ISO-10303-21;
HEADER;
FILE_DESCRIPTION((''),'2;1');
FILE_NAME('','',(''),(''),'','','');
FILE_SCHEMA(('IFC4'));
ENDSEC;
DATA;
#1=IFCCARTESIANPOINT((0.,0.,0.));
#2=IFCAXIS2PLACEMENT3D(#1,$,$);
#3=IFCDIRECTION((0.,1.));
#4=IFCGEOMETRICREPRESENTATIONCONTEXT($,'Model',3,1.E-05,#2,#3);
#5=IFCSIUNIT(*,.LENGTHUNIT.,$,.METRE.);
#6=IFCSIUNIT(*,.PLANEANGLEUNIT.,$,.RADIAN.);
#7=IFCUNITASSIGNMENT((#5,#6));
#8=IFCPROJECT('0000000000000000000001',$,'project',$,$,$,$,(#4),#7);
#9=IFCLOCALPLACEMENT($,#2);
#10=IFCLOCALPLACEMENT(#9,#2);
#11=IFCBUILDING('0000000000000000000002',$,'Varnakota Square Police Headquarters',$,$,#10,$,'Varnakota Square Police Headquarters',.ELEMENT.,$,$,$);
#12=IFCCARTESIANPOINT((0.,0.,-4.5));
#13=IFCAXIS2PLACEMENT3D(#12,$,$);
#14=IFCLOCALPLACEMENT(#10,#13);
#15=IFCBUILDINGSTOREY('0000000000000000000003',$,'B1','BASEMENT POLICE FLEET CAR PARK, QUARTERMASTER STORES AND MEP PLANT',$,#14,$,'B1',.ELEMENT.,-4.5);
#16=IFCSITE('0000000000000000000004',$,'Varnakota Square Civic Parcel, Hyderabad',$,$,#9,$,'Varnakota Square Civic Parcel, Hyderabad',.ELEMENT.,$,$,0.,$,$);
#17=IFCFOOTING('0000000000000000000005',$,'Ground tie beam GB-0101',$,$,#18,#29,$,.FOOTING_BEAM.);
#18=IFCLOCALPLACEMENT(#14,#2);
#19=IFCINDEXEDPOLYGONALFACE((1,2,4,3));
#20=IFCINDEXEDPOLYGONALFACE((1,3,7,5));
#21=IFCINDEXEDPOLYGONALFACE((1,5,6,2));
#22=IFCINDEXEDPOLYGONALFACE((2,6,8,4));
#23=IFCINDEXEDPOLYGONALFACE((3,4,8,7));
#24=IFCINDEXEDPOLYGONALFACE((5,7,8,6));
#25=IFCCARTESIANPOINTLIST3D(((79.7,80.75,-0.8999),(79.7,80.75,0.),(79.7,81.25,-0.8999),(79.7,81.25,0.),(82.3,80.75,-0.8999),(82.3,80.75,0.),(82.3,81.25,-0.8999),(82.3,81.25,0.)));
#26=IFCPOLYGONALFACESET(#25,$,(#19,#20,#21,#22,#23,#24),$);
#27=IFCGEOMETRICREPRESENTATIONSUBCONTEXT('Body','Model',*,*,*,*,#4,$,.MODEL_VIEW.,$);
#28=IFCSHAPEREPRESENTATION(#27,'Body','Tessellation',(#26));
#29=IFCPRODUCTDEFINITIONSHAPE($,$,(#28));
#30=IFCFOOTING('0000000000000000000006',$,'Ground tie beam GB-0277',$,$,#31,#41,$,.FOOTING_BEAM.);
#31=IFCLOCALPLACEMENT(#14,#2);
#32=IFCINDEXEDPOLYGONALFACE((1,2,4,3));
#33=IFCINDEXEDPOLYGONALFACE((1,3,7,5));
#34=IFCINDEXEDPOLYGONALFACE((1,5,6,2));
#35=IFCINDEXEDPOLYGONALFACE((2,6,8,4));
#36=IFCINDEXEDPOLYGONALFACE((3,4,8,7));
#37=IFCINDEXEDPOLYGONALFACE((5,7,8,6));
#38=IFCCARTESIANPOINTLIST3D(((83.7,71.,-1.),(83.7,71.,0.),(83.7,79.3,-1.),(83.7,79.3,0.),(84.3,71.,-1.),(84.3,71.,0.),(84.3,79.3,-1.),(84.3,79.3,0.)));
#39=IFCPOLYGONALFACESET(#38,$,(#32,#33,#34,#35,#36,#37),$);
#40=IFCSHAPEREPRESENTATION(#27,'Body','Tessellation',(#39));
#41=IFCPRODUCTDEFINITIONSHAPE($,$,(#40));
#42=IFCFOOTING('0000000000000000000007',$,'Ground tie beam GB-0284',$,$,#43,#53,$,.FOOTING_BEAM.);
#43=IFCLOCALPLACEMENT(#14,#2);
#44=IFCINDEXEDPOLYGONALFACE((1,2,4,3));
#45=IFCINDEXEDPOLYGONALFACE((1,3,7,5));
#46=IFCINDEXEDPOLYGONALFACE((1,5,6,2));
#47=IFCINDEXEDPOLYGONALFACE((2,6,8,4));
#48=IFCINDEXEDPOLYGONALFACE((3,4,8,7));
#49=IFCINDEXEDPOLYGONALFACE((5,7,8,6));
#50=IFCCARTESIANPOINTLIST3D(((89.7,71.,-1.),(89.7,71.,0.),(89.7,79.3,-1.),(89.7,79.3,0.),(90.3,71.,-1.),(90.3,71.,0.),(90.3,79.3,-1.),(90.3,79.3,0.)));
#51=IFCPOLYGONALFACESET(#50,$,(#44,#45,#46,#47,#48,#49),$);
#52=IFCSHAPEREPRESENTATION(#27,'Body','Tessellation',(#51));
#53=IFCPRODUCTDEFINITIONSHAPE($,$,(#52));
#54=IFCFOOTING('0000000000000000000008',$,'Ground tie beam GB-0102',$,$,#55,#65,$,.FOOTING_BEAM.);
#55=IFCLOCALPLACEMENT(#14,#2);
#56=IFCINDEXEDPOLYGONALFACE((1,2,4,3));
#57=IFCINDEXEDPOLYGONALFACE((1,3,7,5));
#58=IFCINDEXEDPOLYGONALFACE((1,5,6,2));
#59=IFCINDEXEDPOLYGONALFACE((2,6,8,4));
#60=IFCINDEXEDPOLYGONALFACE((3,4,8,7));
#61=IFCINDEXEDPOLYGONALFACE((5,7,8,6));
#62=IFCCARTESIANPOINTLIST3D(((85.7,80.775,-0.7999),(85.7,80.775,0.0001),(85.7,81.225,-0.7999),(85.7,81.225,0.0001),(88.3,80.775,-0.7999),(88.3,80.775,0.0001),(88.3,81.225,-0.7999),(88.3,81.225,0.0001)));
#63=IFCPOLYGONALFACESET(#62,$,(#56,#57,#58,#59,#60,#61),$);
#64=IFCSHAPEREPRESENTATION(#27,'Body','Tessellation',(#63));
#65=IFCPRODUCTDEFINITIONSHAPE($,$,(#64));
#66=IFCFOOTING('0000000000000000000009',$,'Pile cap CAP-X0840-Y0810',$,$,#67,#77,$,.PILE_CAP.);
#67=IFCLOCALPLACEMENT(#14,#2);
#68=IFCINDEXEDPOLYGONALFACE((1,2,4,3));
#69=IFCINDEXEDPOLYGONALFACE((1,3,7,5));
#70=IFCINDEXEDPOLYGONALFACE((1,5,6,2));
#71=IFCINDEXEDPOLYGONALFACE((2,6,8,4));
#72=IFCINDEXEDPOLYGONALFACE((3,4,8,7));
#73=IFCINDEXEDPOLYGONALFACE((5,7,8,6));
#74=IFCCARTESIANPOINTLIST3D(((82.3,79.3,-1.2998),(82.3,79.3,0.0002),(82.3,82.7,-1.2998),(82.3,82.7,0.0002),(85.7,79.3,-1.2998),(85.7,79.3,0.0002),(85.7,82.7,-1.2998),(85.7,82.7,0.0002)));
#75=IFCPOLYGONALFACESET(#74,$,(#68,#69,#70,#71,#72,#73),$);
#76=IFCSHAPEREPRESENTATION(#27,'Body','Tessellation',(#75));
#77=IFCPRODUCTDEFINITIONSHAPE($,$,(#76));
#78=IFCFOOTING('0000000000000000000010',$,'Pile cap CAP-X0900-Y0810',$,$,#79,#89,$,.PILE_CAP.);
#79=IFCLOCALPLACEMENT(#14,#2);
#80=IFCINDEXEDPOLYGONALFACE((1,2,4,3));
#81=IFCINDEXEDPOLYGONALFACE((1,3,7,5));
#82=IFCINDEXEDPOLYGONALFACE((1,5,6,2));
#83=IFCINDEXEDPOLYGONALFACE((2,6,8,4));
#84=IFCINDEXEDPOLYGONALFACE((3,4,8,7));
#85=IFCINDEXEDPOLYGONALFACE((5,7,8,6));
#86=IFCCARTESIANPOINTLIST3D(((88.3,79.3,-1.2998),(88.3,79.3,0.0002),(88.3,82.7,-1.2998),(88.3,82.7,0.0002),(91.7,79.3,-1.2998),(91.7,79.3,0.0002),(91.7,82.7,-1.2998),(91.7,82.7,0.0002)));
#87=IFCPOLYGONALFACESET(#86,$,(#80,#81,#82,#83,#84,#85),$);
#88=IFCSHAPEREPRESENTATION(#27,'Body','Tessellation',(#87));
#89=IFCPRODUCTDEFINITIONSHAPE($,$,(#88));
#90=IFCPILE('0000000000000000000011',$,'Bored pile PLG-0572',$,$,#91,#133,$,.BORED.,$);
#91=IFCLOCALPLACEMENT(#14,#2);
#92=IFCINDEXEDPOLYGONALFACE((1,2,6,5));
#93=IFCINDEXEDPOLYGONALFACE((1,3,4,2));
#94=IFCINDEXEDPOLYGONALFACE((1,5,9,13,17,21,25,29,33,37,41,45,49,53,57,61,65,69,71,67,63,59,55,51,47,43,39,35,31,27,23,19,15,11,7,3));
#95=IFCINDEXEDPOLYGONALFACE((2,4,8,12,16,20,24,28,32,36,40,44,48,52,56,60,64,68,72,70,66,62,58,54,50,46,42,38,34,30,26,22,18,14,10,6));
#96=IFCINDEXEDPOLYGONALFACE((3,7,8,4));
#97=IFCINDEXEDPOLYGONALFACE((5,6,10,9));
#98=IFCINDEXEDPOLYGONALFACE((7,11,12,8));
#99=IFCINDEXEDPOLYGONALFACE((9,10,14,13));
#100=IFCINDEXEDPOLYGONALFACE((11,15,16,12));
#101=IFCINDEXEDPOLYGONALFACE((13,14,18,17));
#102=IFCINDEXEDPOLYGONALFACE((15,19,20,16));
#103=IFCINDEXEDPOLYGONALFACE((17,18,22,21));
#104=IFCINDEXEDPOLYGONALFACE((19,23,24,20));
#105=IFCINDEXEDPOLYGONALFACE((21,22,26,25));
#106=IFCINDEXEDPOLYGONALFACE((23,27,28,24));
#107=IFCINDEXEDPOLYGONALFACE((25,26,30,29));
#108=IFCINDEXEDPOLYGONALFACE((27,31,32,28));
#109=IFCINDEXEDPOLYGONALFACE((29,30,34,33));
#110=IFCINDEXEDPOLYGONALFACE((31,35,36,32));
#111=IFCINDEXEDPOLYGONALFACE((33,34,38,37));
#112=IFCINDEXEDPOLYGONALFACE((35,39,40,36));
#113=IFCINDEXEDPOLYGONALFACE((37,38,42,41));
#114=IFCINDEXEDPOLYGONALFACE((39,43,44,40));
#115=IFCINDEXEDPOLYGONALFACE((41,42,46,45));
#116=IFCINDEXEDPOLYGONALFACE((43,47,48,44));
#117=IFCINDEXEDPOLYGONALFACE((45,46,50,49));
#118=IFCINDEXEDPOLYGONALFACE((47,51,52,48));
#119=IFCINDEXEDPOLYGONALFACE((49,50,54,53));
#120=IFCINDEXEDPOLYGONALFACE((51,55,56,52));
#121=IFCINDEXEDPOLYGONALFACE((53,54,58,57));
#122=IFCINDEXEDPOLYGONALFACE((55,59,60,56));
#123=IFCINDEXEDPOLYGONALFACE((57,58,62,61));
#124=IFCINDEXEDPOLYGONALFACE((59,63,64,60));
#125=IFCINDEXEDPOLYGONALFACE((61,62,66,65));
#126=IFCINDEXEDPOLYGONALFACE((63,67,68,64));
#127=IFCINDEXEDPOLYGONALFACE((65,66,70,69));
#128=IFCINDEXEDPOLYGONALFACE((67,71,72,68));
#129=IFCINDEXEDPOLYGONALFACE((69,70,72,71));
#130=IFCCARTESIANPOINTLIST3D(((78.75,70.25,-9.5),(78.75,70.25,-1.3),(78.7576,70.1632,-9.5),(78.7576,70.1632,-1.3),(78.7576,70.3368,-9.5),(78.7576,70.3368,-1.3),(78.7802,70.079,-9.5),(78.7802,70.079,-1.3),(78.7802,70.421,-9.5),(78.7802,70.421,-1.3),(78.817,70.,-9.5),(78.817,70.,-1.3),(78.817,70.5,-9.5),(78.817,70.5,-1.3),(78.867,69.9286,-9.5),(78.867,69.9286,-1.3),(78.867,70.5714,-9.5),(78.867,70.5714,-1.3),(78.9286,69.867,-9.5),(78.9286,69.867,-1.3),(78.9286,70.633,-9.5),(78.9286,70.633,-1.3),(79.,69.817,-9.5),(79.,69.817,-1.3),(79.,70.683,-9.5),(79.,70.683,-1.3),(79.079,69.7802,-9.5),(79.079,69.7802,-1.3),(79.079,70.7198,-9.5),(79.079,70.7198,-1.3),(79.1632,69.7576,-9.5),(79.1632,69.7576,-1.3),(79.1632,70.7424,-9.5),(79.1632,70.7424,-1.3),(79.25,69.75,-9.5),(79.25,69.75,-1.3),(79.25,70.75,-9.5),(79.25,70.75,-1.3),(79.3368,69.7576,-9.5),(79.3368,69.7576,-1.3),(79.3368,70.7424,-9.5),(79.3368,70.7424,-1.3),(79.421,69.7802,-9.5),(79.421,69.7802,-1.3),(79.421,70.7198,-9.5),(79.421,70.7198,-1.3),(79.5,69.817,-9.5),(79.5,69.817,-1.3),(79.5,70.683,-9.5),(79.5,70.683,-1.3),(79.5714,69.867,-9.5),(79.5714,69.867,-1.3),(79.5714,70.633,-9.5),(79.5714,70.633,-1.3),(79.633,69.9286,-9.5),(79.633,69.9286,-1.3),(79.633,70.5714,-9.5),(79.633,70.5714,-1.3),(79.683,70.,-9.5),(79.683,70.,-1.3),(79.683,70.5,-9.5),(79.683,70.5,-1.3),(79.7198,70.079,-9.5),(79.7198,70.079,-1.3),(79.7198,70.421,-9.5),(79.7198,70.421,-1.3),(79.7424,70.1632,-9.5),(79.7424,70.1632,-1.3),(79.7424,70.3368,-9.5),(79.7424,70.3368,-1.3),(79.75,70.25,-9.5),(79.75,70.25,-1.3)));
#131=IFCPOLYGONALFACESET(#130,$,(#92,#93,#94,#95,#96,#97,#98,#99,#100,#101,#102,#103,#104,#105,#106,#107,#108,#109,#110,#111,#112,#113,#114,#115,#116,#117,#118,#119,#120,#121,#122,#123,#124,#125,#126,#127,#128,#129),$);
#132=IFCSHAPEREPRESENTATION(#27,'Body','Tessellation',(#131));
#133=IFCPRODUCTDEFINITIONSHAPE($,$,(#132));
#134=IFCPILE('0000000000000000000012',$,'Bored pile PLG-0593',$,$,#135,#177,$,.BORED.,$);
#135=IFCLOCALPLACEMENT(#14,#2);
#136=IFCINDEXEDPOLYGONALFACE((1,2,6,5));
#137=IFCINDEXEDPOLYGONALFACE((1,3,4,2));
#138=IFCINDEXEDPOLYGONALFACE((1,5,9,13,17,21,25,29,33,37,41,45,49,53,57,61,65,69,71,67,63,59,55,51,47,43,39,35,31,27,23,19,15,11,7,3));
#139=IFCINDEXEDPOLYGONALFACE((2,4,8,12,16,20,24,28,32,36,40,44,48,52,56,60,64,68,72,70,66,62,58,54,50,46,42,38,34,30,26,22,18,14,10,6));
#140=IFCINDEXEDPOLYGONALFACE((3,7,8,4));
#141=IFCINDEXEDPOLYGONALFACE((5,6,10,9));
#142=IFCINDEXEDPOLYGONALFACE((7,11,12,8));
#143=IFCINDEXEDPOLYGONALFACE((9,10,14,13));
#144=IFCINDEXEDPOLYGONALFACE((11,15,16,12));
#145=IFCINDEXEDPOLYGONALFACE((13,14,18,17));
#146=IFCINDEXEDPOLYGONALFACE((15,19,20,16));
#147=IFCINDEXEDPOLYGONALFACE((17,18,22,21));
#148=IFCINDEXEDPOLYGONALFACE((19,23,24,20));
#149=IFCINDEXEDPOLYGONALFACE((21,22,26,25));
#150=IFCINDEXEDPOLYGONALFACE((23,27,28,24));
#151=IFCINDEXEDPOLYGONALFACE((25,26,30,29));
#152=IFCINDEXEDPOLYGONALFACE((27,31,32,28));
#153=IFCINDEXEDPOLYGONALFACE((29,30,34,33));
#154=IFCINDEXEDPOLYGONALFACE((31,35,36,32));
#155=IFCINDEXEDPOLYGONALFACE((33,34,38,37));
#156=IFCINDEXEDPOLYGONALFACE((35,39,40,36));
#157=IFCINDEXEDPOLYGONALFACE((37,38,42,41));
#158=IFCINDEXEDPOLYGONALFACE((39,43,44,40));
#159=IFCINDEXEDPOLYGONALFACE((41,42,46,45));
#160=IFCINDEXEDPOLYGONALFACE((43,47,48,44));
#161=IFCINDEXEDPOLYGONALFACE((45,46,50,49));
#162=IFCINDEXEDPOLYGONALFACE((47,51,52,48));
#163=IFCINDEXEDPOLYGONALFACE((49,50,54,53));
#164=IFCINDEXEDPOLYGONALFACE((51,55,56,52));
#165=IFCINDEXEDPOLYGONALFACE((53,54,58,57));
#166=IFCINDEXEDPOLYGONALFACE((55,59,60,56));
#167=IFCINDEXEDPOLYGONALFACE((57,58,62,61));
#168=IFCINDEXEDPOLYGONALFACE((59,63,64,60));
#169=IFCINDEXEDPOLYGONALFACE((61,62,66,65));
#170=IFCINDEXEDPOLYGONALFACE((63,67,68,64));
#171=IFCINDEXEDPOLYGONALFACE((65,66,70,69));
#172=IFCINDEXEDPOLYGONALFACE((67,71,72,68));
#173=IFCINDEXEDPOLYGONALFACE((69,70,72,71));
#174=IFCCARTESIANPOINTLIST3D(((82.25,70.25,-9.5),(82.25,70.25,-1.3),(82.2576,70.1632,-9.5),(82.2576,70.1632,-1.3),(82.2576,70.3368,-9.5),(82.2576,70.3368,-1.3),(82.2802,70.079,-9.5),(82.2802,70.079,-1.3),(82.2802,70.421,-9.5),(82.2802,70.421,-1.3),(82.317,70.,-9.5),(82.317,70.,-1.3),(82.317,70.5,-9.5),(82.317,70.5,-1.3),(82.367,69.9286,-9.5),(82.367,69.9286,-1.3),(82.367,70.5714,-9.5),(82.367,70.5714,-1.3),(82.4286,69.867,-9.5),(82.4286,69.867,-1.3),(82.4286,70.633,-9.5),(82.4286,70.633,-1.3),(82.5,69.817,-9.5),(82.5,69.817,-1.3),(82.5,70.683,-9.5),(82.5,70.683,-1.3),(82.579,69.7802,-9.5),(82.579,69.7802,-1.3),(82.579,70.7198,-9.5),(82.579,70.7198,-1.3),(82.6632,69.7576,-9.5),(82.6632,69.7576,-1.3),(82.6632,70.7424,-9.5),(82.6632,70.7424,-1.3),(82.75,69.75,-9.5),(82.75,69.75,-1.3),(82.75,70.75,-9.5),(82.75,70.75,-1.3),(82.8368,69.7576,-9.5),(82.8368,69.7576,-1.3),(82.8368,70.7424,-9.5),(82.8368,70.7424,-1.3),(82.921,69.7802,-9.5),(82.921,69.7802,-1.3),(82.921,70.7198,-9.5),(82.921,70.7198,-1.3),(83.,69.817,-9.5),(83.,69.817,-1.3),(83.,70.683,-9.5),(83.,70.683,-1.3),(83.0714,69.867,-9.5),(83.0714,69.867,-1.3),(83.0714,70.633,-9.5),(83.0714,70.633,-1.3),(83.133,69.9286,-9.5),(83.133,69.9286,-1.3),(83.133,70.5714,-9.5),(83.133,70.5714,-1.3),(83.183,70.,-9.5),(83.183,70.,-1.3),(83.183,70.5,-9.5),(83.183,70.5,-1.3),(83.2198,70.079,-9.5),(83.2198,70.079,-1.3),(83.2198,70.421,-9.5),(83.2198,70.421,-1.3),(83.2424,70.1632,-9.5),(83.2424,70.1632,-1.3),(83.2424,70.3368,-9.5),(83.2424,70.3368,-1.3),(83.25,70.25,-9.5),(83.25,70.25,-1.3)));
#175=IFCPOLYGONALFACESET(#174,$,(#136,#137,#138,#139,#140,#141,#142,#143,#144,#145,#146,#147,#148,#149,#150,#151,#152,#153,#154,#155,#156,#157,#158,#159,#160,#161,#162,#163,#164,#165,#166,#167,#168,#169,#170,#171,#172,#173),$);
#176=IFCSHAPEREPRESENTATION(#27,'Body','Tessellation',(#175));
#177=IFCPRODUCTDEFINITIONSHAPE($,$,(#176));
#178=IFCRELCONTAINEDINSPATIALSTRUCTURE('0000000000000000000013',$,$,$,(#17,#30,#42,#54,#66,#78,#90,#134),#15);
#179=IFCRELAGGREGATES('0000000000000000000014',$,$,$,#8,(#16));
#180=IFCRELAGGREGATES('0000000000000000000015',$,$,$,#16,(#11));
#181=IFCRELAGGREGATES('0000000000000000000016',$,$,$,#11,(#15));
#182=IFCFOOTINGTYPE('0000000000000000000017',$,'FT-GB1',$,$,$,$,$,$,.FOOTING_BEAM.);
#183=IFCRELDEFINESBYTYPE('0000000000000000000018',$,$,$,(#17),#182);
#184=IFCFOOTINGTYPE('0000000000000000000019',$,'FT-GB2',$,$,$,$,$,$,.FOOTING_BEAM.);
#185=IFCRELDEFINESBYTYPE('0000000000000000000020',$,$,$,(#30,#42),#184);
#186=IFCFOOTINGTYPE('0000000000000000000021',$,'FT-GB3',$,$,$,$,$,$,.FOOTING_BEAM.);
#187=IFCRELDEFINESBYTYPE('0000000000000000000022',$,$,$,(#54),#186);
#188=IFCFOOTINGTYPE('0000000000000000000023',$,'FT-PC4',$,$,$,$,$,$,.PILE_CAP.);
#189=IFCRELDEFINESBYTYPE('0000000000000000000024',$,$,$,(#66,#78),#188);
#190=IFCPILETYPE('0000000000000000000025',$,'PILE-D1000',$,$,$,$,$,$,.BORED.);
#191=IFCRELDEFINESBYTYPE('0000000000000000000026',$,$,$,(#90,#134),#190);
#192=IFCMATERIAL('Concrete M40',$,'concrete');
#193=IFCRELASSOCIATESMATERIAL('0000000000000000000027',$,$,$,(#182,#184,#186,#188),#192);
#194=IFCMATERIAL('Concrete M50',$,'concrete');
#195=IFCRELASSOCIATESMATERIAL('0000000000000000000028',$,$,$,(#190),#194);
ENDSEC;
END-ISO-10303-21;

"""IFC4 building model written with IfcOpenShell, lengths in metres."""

from ifc_helpers import new_model, si_unit, direction, frame, origin, origin_2d, place, context, subcontext, project, spatial, rectangle, circle, extrude, material, material_profile, profile_set, type_object, element, save


model = new_model("IFC4")

# Units and contexts
model_context = context("Model", 3, precision=1e-05, world=origin(), true_north=direction((0.0, 1.0)))
body_context = subcontext(model_context, "Body", "Model", "MODEL_VIEW")
ifc_project = project(units=[si_unit("LENGTHUNIT", "METRE"), si_unit("PLANEANGLEUNIT", "RADIAN")], contexts=[model_context])

# Site, building, storey
site_placement = place(None, origin())
site = spatial("IfcSite", under=ifc_project, at=site_placement, Name="Varnakota Square Civic Parcel, Hyderabad", LongName="Varnakota Square Civic Parcel, Hyderabad", CompositionType="ELEMENT", RefElevation=0.0)
building_placement = place(site_placement, origin())
building = spatial("IfcBuilding", under=site, at=building_placement, Name="Varnakota Square Police Headquarters", LongName="Varnakota Square Police Headquarters", CompositionType="ELEMENT")
storey_placement = place(building_placement, frame((0.0, 0.0, -4.5)))
storey = spatial("IfcBuildingStorey", under=building, at=storey_placement, Name="B1", Description="BASEMENT POLICE FLEET CAR PARK, QUARTERMASTER STORES AND MEP PLANT", LongName="B1", CompositionType="ELEMENT", Elevation=-4.5)

# Footings
ifc_material_1 = material(Name="Concrete M40", Category="concrete")
ifc_material_profile_1 = material_profile(ifc_material_1, rectangle(XDim=0.5, YDim=0.8999, at=origin_2d()), Name="GB 500x900")
ifc_profile_set_1 = profile_set([ifc_material_profile_1], Name="Concrete M40")
footing_type_1 = type_object("IfcFootingType", Name="FT-GB1", PredefinedType="FOOTING_BEAM", material=ifc_profile_set_1)
footing_1_placement = place(storey_placement, frame((79.7, 81.0, -0.45), z_axis=(1.0, 0.0, 0.0), x_axis=(0.0, 1.0, 0.0)))
element("IfcFooting", 1, at=footing_1_placement, inside=storey, type_object=footing_type_1, Name="Ground tie beam GB-0101", PredefinedType="FOOTING_BEAM", context=body_context, shape_type="SweptSolid", body=[
    extrude(rectangle(XDim=0.5, YDim=0.8999, at=origin_2d()), origin(), (0.0, 0.0, 1.0), 2.6001),
])
ifc_material_profile_2 = material_profile(ifc_material_1, rectangle(XDim=0.6001, YDim=1.0, at=origin_2d()), Name="GB 600x1000")
ifc_profile_set_2 = profile_set([ifc_material_profile_2], Name="Concrete M40")
footing_type_2 = type_object("IfcFootingType", Name="FT-GB2", PredefinedType="FOOTING_BEAM", material=ifc_profile_set_2)
for number, where, z_axis, x_axis, name in (
    (2, (84.0, 71.0, -0.5), (0.0, 1.0, 0.0), (-1.0, 0.0, 0.0), "Ground tie beam GB-0277"),
    (3, (90.0, 71.0, -0.5), (0.0, 1.0, 0.0), (-1.0, 0.0, 0.0), "Ground tie beam GB-0284"),
):
    element("IfcFooting", number, at=place(storey_placement, frame(where, z_axis=z_axis, x_axis=x_axis)), inside=storey, type_object=footing_type_2, Name=name, PredefinedType="FOOTING_BEAM", context=body_context, shape_type="SweptSolid", body=[
        extrude(rectangle(XDim=0.6001, YDim=1.0, at=origin_2d()), origin(), (0.0, 0.0, 1.0), 8.3),
    ])
ifc_material_profile_3 = material_profile(ifc_material_1, rectangle(XDim=0.45, YDim=0.8, at=origin_2d()), Name="GB 450x800")
ifc_profile_set_3 = profile_set([ifc_material_profile_3], Name="Concrete M40")
footing_type_3 = type_object("IfcFootingType", Name="FT-GB3", PredefinedType="FOOTING_BEAM", material=ifc_profile_set_3)
footing_2_placement = place(storey_placement, frame((85.7, 81.0, -0.3999), z_axis=(1.0, 0.0, 0.0), x_axis=(0.0, 1.0, 0.0)))
element("IfcFooting", 4, at=footing_2_placement, inside=storey, type_object=footing_type_3, Name="Ground tie beam GB-0102", PredefinedType="FOOTING_BEAM", context=body_context, shape_type="SweptSolid", body=[
    extrude(rectangle(XDim=0.45, YDim=0.8, at=origin_2d()), origin(), (0.0, 0.0, 1.0), 2.6001),
])
footing_type_4 = type_object("IfcFootingType", Name="FT-PC4", PredefinedType="PILE_CAP", material=ifc_material_1)
for number, where, z_axis, x_axis, name in (
    (5, (84.0, 81.0, -1.2998), (0.0, 0.0, 1.0), (1.0, 0.0, 0.0), "Pile cap CAP-X0840-Y0810"),
    (6, (90.0, 81.0, -1.2998), (0.0, 0.0, 1.0), (1.0, 0.0, 0.0), "Pile cap CAP-X0900-Y0810"),
):
    element("IfcFooting", number, at=place(storey_placement, frame(where, z_axis=z_axis, x_axis=x_axis)), inside=storey, type_object=footing_type_4, Name=name, PredefinedType="PILE_CAP", context=body_context, shape_type="SweptSolid", body=[
        extrude(rectangle(XDim=3.3999, YDim=3.3999, at=origin_2d()), origin(), (0.0, 0.0, 1.0), 1.3),
    ])

# Piles
ifc_material_2 = material(Name="Concrete M50", Category="concrete")
ifc_material_profile_4 = material_profile(ifc_material_2, circle(Radius=0.5, at=origin_2d()), Name="BORED PILE 1000")
ifc_profile_set_4 = profile_set([ifc_material_profile_4], Name="Concrete M50")
pile_type_1 = type_object("IfcPileType", Name="PILE-D1000", PredefinedType="BORED", material=ifc_profile_set_4)
for number, where, z_axis, x_axis, name in (
    (7, (79.25, 70.25, -1.3), (0.0, 0.0, -1.0), (1.0, 0.0, 0.0), "Bored pile PLG-0572"),
    (8, (82.75, 70.25, -1.3), (0.0, 0.0, -1.0), (1.0, 0.0, 0.0), "Bored pile PLG-0593"),
):
    element("IfcPile", number, at=place(storey_placement, frame(where, z_axis=z_axis, x_axis=x_axis)), inside=storey, type_object=pile_type_1, Name=name, PredefinedType="BORED", context=body_context, shape_type="SweptSolid", body=[
        extrude(circle(Radius=0.5, at=origin_2d()), origin(), (0.0, 0.0, 1.0), 8.2),
    ])

save(model, "model.ifc")
